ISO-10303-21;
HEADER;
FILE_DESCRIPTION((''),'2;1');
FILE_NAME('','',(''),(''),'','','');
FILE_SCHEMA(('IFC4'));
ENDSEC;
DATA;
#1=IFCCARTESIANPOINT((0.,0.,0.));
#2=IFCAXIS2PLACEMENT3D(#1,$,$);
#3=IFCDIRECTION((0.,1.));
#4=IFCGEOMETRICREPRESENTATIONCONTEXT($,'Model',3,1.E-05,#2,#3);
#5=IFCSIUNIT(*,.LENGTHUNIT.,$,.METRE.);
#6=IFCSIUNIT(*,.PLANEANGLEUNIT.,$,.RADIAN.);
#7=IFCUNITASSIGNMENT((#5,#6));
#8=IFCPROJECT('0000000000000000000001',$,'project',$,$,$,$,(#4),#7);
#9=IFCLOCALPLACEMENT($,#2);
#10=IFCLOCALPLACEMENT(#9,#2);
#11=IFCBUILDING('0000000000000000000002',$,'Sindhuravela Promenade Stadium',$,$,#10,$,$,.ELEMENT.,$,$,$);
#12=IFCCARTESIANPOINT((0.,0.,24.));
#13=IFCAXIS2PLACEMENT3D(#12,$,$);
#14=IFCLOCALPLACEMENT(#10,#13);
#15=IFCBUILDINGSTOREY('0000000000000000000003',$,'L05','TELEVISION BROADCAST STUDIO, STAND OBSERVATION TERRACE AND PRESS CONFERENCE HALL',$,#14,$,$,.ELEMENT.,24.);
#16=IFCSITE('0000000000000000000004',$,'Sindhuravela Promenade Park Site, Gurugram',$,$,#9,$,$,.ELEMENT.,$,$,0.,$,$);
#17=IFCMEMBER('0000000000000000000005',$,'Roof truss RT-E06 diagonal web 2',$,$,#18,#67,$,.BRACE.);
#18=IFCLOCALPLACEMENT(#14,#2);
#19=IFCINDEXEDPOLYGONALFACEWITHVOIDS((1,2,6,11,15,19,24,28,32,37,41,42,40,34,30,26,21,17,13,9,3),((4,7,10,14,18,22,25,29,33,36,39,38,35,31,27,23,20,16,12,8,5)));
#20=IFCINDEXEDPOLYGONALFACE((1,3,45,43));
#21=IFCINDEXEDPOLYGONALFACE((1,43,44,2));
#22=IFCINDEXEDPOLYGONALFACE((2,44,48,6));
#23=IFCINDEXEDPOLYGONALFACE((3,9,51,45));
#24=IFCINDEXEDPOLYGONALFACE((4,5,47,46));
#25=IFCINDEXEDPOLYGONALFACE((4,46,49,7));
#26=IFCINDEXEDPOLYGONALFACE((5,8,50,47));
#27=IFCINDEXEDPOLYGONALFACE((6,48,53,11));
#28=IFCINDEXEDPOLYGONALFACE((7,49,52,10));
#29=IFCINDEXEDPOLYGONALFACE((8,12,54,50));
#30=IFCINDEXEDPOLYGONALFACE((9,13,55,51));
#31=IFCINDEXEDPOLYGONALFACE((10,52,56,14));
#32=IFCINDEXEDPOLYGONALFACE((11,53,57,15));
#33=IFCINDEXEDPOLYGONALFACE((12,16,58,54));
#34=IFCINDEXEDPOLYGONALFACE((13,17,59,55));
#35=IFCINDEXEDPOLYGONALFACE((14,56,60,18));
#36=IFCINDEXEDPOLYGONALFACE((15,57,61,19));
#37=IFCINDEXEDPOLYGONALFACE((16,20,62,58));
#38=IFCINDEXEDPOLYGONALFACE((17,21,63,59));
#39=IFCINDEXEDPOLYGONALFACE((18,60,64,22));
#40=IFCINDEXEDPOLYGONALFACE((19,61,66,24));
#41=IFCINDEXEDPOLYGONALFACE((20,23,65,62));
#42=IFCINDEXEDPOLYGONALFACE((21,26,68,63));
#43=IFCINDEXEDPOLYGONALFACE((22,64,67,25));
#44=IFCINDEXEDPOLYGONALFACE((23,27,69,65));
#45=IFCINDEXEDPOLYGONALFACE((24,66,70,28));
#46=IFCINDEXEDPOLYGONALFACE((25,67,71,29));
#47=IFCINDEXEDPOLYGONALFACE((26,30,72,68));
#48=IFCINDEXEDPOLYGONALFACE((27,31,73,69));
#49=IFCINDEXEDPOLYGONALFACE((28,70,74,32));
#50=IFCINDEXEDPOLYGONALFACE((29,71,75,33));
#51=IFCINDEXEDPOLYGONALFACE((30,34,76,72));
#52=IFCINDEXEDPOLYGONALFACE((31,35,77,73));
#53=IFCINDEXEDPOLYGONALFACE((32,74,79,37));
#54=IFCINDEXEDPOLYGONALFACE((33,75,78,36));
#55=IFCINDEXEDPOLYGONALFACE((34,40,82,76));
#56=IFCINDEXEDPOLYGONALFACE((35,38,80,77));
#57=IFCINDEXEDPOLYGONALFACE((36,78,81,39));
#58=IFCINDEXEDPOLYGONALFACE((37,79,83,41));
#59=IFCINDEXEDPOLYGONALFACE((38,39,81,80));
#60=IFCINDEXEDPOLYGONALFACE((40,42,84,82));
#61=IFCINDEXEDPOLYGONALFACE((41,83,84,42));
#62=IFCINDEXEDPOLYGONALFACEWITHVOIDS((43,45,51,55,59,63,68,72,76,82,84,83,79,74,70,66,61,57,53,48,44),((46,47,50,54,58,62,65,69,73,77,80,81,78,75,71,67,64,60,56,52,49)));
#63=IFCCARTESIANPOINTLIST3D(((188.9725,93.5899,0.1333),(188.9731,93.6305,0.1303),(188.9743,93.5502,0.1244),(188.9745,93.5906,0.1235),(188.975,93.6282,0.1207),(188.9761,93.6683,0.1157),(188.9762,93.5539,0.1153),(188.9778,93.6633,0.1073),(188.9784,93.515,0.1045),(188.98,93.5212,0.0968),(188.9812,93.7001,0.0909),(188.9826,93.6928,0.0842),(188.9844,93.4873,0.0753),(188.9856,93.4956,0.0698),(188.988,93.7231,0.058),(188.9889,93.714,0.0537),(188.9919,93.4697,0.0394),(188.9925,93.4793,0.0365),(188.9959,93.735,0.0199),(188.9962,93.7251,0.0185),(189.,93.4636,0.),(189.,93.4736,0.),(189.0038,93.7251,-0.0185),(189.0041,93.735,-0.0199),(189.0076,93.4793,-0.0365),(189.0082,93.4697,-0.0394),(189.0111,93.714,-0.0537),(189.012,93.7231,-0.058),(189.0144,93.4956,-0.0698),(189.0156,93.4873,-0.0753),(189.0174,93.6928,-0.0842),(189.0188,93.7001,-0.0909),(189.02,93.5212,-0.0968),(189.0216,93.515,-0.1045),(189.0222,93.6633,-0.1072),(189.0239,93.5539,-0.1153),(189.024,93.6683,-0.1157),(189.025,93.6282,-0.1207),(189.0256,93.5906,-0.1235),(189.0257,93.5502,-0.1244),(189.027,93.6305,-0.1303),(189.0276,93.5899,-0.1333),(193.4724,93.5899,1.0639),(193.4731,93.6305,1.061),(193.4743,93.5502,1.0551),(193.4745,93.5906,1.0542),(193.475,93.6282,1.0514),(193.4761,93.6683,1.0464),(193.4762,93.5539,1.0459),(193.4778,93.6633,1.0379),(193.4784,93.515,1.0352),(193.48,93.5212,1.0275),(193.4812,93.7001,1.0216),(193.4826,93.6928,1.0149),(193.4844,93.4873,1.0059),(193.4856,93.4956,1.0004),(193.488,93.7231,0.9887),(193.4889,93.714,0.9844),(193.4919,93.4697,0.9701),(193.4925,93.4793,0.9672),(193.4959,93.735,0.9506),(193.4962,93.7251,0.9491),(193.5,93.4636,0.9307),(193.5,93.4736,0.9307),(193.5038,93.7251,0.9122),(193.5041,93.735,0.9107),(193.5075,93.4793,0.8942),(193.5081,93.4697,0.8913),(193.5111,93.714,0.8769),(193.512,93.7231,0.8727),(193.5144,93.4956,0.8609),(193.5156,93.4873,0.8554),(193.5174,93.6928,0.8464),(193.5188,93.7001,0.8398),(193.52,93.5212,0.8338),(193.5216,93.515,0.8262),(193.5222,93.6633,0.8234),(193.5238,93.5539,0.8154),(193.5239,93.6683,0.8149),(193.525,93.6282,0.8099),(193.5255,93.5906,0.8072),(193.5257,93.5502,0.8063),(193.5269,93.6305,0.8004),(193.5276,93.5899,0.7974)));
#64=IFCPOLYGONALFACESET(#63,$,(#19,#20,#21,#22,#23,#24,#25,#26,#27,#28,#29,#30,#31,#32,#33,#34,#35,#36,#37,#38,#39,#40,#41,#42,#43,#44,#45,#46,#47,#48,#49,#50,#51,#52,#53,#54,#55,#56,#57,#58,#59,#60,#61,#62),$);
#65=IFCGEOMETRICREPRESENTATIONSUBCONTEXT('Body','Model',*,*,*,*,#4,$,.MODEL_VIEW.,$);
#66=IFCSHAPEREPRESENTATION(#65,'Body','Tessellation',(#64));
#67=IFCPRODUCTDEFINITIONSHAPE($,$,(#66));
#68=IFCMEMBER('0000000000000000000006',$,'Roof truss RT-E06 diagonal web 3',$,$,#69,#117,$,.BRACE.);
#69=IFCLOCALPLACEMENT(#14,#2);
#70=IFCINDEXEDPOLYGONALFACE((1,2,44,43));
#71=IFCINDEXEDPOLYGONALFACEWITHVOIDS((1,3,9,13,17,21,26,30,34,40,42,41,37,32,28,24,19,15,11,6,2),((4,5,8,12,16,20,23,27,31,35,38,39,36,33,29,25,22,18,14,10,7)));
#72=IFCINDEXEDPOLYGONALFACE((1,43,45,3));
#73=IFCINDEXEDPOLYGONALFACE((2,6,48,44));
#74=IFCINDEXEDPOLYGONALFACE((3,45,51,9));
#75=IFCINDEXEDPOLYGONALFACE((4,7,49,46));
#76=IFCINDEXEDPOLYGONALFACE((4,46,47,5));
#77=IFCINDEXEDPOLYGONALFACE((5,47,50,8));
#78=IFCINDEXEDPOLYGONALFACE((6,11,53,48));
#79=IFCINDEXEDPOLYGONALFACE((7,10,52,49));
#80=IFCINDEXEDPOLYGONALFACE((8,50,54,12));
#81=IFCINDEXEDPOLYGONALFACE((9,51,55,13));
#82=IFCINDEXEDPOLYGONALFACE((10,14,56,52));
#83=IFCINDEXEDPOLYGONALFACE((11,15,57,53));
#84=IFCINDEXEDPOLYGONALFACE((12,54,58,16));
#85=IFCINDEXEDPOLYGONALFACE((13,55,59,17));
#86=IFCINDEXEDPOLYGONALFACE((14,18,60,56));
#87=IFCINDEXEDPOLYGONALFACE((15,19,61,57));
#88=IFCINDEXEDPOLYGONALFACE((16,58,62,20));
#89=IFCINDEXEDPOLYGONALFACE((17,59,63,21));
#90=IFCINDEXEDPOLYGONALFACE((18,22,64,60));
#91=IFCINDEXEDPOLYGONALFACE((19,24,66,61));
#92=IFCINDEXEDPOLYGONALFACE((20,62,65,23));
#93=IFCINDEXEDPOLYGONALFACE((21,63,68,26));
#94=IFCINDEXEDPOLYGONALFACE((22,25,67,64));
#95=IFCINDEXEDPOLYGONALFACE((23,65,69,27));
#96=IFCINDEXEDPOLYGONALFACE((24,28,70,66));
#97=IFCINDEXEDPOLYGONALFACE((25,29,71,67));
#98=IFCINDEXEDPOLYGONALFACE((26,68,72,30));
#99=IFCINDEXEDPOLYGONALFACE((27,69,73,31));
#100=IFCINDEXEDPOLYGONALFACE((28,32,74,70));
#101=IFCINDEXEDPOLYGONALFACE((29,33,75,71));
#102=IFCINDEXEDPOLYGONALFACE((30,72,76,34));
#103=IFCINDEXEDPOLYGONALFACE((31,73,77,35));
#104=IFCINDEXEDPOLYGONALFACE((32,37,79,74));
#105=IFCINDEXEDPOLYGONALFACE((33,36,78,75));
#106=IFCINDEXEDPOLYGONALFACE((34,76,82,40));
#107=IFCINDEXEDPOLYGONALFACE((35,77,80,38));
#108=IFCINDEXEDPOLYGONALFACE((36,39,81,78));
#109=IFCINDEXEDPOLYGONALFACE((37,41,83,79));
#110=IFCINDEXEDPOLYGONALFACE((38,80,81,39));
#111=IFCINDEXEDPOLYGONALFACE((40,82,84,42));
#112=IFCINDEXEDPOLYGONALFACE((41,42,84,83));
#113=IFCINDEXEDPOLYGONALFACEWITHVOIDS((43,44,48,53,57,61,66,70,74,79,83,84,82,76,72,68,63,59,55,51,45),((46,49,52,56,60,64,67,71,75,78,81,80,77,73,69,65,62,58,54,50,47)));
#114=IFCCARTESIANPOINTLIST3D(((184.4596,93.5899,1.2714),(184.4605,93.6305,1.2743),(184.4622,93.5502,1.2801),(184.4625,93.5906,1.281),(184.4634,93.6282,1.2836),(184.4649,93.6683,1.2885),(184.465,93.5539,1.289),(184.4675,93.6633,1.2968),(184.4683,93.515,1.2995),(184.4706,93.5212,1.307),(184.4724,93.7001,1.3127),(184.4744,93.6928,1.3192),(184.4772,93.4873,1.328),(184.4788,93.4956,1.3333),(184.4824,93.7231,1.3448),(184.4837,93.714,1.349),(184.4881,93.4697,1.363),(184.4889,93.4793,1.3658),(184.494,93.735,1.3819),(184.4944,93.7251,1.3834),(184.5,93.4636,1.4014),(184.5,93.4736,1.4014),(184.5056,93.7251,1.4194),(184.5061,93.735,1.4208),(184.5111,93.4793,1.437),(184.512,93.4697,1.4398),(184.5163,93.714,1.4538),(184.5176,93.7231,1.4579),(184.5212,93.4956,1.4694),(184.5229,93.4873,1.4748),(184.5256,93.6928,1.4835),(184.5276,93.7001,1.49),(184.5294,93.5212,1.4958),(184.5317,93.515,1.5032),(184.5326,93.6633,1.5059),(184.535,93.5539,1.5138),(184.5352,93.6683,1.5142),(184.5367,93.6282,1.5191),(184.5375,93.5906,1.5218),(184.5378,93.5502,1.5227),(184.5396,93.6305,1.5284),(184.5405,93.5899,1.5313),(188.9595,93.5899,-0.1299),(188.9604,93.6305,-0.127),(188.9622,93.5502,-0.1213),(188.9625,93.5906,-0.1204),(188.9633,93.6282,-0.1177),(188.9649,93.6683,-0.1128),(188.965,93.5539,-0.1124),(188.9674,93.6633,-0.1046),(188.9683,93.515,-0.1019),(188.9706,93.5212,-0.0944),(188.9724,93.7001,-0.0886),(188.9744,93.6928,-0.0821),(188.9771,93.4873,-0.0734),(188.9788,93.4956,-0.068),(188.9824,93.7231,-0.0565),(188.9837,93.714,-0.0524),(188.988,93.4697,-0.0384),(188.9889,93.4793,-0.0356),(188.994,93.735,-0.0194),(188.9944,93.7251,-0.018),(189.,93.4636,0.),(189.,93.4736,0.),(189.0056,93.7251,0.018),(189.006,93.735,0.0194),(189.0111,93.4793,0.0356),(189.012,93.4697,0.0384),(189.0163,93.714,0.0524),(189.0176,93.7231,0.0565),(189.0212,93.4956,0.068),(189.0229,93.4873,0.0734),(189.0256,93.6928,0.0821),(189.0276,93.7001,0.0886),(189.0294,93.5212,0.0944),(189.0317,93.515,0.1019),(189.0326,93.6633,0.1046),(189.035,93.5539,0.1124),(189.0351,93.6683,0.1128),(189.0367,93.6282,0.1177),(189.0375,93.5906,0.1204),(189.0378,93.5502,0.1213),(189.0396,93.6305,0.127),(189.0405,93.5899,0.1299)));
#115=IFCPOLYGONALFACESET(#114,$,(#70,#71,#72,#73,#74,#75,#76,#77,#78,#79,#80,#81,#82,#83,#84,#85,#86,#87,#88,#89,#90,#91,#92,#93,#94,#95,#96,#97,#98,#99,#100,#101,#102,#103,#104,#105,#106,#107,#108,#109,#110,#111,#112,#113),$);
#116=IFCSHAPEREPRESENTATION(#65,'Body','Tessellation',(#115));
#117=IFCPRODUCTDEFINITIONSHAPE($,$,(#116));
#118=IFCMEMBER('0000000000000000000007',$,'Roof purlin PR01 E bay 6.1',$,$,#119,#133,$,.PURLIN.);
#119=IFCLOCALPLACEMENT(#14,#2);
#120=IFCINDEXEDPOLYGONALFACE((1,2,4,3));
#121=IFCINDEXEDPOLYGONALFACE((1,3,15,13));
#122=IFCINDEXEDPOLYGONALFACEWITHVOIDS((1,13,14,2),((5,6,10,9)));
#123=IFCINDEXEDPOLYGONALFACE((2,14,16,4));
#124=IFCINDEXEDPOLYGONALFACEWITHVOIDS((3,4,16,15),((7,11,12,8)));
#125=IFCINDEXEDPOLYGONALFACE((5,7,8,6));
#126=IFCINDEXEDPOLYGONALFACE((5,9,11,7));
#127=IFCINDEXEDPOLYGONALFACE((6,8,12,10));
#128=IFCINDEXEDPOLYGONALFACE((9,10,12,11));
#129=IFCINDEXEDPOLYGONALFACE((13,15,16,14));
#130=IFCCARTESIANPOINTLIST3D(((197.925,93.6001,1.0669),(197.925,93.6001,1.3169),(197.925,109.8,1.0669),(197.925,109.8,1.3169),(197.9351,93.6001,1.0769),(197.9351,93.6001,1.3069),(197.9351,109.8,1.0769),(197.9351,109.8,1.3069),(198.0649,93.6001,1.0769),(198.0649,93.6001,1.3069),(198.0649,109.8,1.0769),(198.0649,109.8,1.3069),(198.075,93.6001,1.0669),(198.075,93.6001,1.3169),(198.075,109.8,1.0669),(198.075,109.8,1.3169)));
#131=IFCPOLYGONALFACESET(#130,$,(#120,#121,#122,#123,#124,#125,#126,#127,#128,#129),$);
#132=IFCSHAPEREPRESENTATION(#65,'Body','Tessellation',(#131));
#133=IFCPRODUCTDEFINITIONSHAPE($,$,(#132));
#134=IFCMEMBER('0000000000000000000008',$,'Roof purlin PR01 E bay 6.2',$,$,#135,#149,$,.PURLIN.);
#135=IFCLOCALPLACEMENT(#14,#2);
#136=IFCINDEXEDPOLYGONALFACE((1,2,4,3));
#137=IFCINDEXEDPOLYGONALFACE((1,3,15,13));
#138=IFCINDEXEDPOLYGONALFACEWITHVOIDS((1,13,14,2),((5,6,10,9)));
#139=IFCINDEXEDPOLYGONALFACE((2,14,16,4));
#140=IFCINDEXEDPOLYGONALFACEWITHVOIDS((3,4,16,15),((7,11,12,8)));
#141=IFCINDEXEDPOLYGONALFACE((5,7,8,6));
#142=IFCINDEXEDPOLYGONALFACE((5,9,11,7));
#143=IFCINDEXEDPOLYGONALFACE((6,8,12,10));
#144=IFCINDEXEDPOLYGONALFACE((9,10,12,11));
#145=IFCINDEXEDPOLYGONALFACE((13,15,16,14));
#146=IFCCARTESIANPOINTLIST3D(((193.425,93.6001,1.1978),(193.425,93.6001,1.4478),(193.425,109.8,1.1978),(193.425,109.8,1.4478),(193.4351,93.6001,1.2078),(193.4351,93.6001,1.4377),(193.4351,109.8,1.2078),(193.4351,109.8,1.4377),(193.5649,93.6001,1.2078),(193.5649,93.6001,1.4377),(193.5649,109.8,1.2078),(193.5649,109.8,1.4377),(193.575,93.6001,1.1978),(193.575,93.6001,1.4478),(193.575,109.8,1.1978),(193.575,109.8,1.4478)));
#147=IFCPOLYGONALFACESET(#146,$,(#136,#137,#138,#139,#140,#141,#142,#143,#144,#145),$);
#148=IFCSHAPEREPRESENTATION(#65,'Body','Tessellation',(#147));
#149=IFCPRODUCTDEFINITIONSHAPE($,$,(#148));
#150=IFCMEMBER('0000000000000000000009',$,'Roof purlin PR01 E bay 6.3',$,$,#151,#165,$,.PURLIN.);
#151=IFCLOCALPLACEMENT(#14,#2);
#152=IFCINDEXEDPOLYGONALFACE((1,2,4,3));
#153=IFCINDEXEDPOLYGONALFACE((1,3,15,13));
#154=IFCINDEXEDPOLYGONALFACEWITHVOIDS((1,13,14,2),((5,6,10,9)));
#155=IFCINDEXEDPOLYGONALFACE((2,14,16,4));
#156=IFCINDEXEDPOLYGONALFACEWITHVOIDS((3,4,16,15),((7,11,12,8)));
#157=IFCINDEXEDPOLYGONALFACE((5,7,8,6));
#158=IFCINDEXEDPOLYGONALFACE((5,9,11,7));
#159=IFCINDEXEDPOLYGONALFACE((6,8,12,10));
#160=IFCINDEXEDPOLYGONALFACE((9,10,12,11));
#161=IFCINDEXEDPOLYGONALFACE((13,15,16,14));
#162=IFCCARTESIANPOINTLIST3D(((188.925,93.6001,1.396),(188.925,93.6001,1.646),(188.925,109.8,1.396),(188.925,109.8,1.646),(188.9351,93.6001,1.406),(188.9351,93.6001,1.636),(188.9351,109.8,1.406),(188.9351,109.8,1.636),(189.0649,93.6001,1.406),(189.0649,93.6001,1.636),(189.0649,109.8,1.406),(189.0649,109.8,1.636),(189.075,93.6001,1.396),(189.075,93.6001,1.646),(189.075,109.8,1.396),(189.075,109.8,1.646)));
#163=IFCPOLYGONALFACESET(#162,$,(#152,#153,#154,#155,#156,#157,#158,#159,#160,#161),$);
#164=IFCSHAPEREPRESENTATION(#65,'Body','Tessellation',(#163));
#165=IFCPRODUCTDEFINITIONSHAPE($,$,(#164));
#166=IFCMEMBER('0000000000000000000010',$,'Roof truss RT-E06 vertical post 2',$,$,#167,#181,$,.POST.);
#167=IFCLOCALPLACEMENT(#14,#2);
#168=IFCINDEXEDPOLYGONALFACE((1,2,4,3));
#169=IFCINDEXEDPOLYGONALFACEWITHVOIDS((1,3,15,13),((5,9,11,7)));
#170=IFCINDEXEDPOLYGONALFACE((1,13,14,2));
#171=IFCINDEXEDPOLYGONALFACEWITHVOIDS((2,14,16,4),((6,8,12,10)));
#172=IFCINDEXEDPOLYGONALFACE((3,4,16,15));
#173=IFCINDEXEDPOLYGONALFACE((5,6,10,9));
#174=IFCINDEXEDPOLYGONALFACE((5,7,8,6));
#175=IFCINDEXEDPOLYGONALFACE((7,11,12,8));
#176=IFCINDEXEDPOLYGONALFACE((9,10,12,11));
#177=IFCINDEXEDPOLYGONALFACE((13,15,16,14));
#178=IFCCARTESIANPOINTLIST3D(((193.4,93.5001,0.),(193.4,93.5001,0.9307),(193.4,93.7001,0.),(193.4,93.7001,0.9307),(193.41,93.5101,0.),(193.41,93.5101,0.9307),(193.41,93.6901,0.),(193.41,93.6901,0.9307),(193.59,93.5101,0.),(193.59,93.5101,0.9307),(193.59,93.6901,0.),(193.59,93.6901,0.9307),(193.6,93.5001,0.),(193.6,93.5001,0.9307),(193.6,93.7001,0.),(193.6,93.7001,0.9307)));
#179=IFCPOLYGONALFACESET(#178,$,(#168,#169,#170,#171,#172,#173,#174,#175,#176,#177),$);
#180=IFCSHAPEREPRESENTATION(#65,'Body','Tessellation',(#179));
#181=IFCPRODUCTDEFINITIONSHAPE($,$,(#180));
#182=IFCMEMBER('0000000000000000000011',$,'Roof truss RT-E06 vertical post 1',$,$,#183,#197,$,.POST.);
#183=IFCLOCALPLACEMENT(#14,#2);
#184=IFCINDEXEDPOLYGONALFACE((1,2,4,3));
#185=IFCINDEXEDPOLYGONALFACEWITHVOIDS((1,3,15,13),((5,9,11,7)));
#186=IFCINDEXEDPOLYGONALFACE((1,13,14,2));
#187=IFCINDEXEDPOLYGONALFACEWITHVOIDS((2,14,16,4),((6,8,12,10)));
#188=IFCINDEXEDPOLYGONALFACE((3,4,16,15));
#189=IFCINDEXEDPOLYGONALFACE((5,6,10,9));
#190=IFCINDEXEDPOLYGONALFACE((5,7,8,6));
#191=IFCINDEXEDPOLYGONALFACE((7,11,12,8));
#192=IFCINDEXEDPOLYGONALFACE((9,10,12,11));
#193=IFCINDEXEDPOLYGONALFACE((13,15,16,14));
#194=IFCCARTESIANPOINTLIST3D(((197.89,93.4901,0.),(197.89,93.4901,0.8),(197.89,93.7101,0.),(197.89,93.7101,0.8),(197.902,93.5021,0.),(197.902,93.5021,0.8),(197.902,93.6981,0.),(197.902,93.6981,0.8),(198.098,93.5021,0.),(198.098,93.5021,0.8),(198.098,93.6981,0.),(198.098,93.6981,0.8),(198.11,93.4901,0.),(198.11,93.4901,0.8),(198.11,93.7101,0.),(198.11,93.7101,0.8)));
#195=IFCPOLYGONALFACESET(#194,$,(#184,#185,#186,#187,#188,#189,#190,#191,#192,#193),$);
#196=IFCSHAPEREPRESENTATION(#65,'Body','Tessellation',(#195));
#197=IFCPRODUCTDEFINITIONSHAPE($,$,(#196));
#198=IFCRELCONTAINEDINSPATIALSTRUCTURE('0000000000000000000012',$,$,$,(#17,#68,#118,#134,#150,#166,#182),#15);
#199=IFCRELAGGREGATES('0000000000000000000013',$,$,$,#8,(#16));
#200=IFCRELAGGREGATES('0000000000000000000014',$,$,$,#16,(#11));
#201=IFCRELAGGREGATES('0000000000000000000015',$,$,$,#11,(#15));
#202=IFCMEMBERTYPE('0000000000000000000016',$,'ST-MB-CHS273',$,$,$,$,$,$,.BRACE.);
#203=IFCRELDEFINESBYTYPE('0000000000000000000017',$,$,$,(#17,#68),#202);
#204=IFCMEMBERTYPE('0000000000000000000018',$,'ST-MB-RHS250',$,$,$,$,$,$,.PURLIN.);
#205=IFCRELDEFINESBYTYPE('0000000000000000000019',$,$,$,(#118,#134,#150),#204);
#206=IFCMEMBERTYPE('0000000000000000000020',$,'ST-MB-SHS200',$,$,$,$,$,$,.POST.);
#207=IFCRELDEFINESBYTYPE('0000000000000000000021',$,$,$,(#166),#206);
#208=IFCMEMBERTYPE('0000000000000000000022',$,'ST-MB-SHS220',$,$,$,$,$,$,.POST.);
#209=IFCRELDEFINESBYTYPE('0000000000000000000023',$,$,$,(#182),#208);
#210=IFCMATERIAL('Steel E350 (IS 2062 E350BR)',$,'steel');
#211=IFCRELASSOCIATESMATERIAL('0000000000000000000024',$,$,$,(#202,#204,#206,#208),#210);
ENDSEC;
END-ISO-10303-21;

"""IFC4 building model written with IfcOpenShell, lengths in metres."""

from ifc_helpers import new_model, si_unit, direction, frame, origin, origin_2d, place, context, subcontext, project, spatial, hollow_rectangle, hollow_circle, extrude, material, material_profile, profile_set, type_object, element, save


model = new_model("IFC4")

# Units and contexts
model_context = context("Model", 3, precision=1e-05, world=origin(), true_north=direction((0.0, 1.0)))
body_context = subcontext(model_context, "Body", "Model", "MODEL_VIEW")
ifc_project = project(units=[si_unit("LENGTHUNIT", "METRE"), si_unit("PLANEANGLEUNIT", "RADIAN")], contexts=[model_context])

# Site, building, storey
site_placement = place(None, origin())
site = spatial("IfcSite", under=ifc_project, at=site_placement, Name="Sindhuravela Promenade Park Site, Gurugram", CompositionType="ELEMENT", RefElevation=0.0)
building_placement = place(site_placement, origin())
building = spatial("IfcBuilding", under=site, at=building_placement, Name="Sindhuravela Promenade Stadium", CompositionType="ELEMENT")
storey_placement = place(building_placement, frame((0.0, 0.0, 24.0)))
storey = spatial("IfcBuildingStorey", under=building, at=storey_placement, Name="L05", Description="TELEVISION BROADCAST STUDIO, STAND OBSERVATION TERRACE AND PRESS CONFERENCE HALL", CompositionType="ELEMENT", Elevation=24.0)

# Shared definitions
ifc_material_1 = material(Name="Steel E350 (IS 2062 E350BR)", Category="steel")

# Members
ifc_material_profile_1 = material_profile(ifc_material_1, hollow_circle(Radius=0.1365, WallThickness=0.01, at=origin_2d()), Name="CHS 273.0x10")
ifc_profile_set_1 = profile_set([ifc_material_profile_1], Name="Steel E350 (IS 2062 E350BR)")
member_type_1 = type_object("IfcMemberType", Name="ST-MB-CHS273", PredefinedType="BRACE", material=ifc_profile_set_1)
for number, where, z_axis, x_axis, name in (
    (1, (193.5, 93.6001, 0.9307), (-0.979276, 0.0, -0.202528), (0.0, -1.0, 0.0), "Roof truss RT-E06 diagonal web 2"),
):
    element("IfcMember", number, at=place(storey_placement, frame(where, z_axis=z_axis, x_axis=x_axis)), inside=storey, type_object=member_type_1, Name=name, PredefinedType="BRACE", context=body_context, shape_type="SweptSolid", body=[
        extrude(hollow_circle(Radius=0.1365, WallThickness=0.01, at=origin_2d()), origin(), (0.0, 0.0, 1.0), 4.5952),
    ])
member_1_placement = place(storey_placement, frame((189.0, 93.6001, 0.0), z_axis=(-0.954774, 0.0, 0.297331), x_axis=(0.0, -1.0, 0.0)))
element("IfcMember", 2, at=member_1_placement, inside=storey, type_object=member_type_1, Name="Roof truss RT-E06 diagonal web 3", PredefinedType="BRACE", context=body_context, shape_type="SweptSolid", body=[
    extrude(hollow_circle(Radius=0.1365, WallThickness=0.01, at=origin_2d()), origin(), (0.0, 0.0, 1.0), 4.7131),
])
ifc_material_profile_2 = material_profile(ifc_material_1, hollow_rectangle(XDim=0.1499, YDim=0.25, WallThickness=0.01, at=origin_2d()), Name="RHS 250x150x10")
ifc_profile_set_2 = profile_set([ifc_material_profile_2], Name="Steel E350 (IS 2062 E350BR)")
member_type_2 = type_object("IfcMemberType", Name="ST-MB-RHS250", PredefinedType="PURLIN", material=ifc_profile_set_2)
for number, where, z_axis, x_axis, name in (
    (3, (198.0, 93.6001, 1.1919), (0.0, 1.0, 0.0), (-1.0, 0.0, 0.0), "Roof purlin PR01 E bay 6.1"),
    (4, (193.5, 93.6001, 1.3228), (0.0, 1.0, 0.0), (-1.0, 0.0, 0.0), "Roof purlin PR01 E bay 6.2"),
    (5, (189.0, 93.6001, 1.521), (0.0, 1.0, 0.0), (-1.0, 0.0, 0.0), "Roof purlin PR01 E bay 6.3"),
):
    element("IfcMember", number, at=place(storey_placement, frame(where, z_axis=z_axis, x_axis=x_axis)), inside=storey, type_object=member_type_2, Name=name, PredefinedType="PURLIN", context=body_context, shape_type="SweptSolid", body=[
        extrude(hollow_rectangle(XDim=0.1499, YDim=0.25, WallThickness=0.01, at=origin_2d()), origin(), (0.0, 0.0, 1.0), 16.2),
    ])
ifc_material_profile_3 = material_profile(ifc_material_1, hollow_rectangle(XDim=0.2, YDim=0.2, WallThickness=0.01, at=origin_2d()), Name="SHS 200x200x10")
ifc_profile_set_3 = profile_set([ifc_material_profile_3], Name="Steel E350 (IS 2062 E350BR)")
member_type_3 = type_object("IfcMemberType", Name="ST-MB-SHS200", PredefinedType="POST", material=ifc_profile_set_3)
member_2_placement = place(storey_placement, frame((193.5, 93.6001, 0.0), z_axis=(0.0, 0.0, 1.0), x_axis=(1.0, 0.0, 0.0)))
element("IfcMember", 6, at=member_2_placement, inside=storey, type_object=member_type_3, Name="Roof truss RT-E06 vertical post 2", PredefinedType="POST", context=body_context, shape_type="SweptSolid", body=[
    extrude(hollow_rectangle(XDim=0.2, YDim=0.2, WallThickness=0.01, at=origin_2d()), origin(), (0.0, 0.0, 1.0), 0.9307),
])
ifc_material_profile_4 = material_profile(ifc_material_1, hollow_rectangle(XDim=0.22, YDim=0.22, WallThickness=0.012, at=origin_2d()), Name="SHS 220x220x12")
ifc_profile_set_4 = profile_set([ifc_material_profile_4], Name="Steel E350 (IS 2062 E350BR)")
member_type_4 = type_object("IfcMemberType", Name="ST-MB-SHS220", PredefinedType="POST", material=ifc_profile_set_4)
member_3_placement = place(storey_placement, frame((198.0, 93.6001, 0.0), z_axis=(0.0, 0.0, 1.0), x_axis=(1.0, 0.0, 0.0)))
element("IfcMember", 7, at=member_3_placement, inside=storey, type_object=member_type_4, Name="Roof truss RT-E06 vertical post 1", PredefinedType="POST", context=body_context, shape_type="SweptSolid", body=[
    extrude(hollow_rectangle(XDim=0.22, YDim=0.22, WallThickness=0.012, at=origin_2d()), origin(), (0.0, 0.0, 1.0), 0.8),
])

save(model, "model.ifc")
